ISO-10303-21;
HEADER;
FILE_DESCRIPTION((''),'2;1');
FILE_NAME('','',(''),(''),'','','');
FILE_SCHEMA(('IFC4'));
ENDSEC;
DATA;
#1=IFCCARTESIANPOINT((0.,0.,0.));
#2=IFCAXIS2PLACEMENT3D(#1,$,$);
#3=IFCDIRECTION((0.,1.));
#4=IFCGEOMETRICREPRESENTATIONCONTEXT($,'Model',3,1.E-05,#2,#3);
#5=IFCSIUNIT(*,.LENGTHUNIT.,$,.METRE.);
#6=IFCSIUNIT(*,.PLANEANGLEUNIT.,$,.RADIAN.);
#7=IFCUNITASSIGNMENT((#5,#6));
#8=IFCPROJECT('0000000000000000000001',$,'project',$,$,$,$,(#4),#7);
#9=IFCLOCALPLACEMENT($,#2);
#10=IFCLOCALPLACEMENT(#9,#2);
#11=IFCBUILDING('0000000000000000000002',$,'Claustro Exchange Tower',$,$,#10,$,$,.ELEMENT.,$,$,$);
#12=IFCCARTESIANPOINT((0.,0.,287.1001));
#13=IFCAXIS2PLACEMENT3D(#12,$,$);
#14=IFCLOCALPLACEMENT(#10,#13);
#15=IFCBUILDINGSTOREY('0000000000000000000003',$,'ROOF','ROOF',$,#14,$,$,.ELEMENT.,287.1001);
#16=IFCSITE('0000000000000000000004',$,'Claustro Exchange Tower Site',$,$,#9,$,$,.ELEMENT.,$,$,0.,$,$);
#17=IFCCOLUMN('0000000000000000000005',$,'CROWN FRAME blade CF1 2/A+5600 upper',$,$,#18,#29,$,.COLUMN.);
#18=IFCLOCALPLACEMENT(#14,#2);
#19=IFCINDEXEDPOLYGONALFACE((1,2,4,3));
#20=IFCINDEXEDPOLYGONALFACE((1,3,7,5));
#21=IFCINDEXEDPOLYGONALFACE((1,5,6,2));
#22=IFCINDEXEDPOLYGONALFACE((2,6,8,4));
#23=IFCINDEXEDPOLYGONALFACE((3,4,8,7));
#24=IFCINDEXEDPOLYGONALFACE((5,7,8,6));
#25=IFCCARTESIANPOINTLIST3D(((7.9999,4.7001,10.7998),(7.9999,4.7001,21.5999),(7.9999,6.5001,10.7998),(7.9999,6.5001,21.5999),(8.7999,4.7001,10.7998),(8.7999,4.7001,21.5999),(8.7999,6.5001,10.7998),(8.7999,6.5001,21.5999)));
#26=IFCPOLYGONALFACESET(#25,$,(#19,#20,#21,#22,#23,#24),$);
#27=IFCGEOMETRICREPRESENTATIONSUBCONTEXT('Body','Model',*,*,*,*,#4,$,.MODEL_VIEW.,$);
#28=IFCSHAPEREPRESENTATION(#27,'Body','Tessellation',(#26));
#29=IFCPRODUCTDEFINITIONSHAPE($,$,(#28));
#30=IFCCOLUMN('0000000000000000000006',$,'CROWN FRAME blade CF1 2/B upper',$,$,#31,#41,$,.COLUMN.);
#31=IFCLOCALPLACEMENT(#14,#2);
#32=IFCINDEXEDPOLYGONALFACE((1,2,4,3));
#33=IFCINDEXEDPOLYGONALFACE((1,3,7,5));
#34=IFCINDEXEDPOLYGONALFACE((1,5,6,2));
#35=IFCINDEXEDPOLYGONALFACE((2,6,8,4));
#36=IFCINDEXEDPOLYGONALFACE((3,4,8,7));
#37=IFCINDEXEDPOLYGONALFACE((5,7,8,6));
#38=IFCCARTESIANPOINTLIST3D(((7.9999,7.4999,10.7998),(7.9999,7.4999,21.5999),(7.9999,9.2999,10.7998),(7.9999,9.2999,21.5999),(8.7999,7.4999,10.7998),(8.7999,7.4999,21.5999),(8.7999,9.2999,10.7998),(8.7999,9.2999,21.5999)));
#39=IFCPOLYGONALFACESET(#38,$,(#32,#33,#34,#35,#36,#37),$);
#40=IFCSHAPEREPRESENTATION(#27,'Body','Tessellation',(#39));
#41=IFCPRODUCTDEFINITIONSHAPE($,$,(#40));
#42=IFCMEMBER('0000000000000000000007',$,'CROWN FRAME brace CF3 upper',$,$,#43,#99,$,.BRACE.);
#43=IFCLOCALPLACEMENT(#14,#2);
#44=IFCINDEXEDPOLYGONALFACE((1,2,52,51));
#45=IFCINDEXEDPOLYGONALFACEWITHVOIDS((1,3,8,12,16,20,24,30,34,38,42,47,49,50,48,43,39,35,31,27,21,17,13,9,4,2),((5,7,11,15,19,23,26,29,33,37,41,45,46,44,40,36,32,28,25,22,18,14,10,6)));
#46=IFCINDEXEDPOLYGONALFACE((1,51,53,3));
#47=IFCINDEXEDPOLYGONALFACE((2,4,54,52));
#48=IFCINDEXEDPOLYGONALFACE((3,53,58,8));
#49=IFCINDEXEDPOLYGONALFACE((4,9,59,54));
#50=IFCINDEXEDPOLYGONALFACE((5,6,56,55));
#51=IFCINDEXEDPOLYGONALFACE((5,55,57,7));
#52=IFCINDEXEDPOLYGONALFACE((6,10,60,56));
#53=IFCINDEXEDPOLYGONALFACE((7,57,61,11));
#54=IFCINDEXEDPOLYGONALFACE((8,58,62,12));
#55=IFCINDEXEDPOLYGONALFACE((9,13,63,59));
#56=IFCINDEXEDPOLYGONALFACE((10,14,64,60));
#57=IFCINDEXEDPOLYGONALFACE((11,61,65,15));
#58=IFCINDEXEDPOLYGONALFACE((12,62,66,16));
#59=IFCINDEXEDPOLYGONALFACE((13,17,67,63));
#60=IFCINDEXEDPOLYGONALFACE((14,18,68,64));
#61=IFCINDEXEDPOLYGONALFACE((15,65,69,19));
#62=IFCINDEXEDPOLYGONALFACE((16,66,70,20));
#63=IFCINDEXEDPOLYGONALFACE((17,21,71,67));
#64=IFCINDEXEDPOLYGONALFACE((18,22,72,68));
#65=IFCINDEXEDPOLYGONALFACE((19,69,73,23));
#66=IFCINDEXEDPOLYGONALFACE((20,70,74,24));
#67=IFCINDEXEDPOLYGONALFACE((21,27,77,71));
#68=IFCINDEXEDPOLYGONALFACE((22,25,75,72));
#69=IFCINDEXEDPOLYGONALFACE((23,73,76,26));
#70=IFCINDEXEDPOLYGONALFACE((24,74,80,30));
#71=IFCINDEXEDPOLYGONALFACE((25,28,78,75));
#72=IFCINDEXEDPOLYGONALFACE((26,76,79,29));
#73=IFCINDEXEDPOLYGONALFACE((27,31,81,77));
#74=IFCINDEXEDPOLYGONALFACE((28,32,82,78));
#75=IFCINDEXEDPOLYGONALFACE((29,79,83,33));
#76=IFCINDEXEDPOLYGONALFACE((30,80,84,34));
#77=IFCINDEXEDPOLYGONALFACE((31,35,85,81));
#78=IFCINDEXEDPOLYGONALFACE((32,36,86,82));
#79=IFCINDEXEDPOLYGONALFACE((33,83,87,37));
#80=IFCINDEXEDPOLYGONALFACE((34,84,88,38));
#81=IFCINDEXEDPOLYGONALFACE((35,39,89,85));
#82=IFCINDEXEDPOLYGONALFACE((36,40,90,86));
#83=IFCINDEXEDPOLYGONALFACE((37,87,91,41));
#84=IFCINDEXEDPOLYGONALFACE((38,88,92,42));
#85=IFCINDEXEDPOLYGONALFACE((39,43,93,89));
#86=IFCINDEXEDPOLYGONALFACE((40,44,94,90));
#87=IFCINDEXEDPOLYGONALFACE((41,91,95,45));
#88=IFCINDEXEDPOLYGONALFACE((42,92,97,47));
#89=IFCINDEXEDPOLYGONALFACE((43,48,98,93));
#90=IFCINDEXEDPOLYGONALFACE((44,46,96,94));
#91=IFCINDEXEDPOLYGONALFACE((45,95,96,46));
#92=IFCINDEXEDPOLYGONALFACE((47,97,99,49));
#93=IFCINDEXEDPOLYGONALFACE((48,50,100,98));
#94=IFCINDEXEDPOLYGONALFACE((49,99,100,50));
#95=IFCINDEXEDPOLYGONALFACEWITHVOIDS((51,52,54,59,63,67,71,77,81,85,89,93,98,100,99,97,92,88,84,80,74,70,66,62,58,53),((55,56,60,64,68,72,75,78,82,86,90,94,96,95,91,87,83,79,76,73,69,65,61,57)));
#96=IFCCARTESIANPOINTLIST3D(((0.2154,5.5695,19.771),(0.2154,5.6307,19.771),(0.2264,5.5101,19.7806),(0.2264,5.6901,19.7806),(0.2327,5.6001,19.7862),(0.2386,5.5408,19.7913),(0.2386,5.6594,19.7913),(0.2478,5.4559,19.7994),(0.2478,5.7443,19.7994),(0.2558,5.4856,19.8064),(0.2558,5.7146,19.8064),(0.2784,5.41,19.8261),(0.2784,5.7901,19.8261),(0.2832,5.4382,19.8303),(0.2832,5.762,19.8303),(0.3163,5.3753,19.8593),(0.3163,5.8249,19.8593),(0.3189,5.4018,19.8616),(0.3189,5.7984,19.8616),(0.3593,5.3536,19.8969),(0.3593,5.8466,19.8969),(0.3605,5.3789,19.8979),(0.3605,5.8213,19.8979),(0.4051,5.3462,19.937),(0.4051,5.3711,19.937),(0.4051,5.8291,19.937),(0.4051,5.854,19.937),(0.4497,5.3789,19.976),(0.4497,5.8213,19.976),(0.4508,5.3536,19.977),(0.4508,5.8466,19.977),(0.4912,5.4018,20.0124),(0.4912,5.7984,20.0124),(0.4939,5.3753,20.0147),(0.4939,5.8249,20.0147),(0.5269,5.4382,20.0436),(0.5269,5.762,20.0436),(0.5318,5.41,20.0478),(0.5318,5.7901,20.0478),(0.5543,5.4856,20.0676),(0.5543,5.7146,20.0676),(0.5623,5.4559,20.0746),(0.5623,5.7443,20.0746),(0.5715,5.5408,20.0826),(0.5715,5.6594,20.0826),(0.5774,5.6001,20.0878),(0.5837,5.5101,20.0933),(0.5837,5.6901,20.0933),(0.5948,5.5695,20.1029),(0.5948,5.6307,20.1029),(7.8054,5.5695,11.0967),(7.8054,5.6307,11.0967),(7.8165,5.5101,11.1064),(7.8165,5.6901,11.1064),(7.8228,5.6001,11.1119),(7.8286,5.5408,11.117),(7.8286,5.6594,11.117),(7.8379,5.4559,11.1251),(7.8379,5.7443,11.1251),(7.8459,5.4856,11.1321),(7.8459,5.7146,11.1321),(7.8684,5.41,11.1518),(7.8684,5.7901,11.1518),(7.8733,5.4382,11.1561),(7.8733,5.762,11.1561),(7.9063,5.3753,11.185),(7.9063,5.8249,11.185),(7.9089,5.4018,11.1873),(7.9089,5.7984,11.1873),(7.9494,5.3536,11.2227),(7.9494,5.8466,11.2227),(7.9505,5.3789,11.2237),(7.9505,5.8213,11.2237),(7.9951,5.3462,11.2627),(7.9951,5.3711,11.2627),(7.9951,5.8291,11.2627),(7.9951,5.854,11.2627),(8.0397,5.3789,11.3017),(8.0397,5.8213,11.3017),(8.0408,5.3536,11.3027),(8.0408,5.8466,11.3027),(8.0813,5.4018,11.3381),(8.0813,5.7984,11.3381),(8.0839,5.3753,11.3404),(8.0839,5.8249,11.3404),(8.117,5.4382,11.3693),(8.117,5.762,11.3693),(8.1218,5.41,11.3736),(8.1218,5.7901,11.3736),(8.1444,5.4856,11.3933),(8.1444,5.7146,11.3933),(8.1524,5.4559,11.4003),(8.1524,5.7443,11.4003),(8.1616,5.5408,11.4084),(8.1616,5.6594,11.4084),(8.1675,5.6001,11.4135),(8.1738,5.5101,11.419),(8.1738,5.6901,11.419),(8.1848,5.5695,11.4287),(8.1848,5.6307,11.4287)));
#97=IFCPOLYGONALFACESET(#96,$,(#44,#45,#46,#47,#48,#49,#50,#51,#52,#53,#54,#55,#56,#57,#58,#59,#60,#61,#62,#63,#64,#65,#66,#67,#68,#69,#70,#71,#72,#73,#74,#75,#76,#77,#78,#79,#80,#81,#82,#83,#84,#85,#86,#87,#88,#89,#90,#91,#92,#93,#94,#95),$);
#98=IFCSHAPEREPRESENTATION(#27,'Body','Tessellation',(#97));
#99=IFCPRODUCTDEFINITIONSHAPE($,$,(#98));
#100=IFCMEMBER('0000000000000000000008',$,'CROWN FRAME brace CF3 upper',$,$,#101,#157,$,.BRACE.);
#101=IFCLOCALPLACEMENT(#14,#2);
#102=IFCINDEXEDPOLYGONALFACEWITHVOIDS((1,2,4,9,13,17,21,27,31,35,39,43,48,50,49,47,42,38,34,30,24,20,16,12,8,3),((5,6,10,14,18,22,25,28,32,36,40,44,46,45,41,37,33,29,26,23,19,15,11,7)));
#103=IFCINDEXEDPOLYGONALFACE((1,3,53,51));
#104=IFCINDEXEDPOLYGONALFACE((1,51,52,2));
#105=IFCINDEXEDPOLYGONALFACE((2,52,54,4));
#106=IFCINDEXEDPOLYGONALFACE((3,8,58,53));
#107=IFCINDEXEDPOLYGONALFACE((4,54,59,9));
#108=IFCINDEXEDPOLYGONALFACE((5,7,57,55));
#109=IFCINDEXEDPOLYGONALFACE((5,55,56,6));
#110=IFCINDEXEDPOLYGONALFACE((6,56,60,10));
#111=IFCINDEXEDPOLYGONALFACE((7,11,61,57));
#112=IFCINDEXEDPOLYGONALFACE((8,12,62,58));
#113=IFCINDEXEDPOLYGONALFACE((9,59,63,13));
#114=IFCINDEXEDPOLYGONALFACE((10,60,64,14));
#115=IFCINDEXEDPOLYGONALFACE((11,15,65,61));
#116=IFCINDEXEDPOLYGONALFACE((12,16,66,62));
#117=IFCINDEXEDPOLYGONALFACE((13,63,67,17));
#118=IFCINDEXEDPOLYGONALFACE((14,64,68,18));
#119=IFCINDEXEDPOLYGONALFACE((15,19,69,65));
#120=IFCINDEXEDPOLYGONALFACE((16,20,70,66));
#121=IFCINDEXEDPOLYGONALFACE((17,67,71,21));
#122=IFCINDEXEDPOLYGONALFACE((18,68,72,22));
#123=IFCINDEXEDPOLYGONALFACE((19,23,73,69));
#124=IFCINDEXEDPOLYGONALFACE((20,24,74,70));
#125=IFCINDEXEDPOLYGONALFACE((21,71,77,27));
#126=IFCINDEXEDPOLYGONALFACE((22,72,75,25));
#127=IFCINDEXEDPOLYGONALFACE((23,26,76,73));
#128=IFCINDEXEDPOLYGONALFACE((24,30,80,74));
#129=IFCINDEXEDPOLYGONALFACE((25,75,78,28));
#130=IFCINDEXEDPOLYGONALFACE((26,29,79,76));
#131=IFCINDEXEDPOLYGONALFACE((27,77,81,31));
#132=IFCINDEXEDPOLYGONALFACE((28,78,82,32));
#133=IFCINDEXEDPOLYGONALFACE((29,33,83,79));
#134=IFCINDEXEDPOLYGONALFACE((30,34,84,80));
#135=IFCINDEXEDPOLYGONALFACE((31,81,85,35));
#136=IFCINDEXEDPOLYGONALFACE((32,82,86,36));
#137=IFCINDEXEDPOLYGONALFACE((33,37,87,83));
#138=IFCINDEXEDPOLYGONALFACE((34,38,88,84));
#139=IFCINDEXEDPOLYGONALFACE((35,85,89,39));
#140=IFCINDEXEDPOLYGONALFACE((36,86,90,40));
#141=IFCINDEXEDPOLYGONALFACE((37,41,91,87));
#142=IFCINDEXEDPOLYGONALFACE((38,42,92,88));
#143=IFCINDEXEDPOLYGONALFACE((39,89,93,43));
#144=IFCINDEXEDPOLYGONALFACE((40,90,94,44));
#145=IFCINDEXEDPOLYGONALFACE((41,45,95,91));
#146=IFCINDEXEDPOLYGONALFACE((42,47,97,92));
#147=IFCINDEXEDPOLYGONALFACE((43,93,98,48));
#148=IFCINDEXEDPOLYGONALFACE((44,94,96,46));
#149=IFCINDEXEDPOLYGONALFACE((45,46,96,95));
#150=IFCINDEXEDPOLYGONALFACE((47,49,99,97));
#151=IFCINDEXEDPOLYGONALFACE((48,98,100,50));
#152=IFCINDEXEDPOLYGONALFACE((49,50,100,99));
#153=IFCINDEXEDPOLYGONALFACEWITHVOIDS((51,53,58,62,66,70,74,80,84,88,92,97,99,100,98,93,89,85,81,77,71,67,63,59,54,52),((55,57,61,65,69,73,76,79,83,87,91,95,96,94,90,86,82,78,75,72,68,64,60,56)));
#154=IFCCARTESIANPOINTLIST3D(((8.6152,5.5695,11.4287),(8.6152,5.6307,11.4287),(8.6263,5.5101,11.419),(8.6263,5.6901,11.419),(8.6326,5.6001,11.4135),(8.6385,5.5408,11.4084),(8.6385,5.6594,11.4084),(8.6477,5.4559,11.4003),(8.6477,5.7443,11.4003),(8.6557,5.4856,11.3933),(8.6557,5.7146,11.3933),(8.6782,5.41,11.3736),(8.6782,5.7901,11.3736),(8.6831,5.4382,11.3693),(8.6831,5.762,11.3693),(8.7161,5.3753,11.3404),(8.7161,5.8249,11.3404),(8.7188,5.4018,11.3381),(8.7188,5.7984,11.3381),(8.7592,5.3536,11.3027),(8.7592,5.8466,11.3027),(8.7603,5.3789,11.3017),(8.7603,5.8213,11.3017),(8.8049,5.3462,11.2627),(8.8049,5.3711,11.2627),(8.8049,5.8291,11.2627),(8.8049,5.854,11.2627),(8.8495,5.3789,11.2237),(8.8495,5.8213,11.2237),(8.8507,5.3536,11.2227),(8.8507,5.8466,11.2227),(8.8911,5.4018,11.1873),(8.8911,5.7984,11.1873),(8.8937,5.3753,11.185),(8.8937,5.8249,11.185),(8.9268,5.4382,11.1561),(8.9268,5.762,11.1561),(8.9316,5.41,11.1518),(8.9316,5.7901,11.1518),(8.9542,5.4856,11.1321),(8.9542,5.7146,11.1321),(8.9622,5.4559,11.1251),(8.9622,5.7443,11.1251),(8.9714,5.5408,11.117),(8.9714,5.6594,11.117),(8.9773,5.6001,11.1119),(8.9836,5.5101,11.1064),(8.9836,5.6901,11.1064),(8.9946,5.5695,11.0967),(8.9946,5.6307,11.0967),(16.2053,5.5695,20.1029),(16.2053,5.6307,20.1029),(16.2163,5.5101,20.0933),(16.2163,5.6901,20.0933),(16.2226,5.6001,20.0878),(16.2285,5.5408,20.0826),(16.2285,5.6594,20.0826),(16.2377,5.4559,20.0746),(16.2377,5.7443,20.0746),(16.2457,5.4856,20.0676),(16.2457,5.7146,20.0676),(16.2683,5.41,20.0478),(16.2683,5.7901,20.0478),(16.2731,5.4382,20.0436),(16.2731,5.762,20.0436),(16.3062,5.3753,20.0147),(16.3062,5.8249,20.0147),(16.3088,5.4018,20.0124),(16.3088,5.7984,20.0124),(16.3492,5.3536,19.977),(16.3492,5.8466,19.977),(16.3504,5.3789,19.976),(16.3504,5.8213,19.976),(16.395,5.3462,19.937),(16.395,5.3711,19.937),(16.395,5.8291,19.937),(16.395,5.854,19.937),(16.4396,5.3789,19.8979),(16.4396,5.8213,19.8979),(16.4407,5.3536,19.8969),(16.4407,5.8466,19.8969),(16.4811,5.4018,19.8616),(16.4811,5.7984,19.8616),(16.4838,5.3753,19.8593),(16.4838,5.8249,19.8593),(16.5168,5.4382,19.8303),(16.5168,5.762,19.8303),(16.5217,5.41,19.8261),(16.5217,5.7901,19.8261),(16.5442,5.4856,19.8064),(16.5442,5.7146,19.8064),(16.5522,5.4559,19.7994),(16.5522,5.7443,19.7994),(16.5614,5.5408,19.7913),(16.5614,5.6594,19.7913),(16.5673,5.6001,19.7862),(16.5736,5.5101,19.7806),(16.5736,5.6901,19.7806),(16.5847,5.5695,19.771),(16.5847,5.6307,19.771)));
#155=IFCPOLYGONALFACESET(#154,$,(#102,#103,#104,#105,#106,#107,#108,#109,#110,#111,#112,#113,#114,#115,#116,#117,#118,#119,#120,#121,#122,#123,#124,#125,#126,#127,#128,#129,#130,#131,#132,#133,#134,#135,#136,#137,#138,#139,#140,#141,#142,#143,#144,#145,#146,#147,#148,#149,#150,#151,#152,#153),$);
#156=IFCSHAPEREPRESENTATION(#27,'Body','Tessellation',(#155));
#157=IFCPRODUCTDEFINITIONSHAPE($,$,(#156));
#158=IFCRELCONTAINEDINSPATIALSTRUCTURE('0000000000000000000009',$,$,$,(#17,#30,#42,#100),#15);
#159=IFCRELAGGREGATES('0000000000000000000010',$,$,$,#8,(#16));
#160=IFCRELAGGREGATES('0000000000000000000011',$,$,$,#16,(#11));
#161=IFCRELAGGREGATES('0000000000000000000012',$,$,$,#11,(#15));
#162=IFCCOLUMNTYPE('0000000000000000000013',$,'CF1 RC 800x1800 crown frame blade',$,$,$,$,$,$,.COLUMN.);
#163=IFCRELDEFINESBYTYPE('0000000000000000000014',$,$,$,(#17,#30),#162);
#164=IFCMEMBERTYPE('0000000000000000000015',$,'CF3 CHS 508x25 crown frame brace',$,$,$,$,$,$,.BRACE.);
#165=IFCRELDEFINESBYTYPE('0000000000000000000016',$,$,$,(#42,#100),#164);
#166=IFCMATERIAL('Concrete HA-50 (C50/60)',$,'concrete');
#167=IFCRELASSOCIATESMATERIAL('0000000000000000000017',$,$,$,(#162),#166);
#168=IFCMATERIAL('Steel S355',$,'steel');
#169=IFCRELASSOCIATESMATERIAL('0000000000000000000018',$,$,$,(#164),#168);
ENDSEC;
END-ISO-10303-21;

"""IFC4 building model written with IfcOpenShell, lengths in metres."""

from ifc_helpers import new_model, si_unit, direction, frame, origin, origin_2d, place, context, subcontext, project, spatial, rectangle, hollow_circle, extrude, material, material_profile, profile_set, type_object, element, save


model = new_model("IFC4")

# Units and contexts
model_context = context("Model", 3, precision=1e-05, world=origin(), true_north=direction((0.0, 1.0)))
body_context = subcontext(model_context, "Body", "Model", "MODEL_VIEW")
ifc_project = project(units=[si_unit("LENGTHUNIT", "METRE"), si_unit("PLANEANGLEUNIT", "RADIAN")], contexts=[model_context])

# Site, building, storey
site_placement = place(None, origin())
site = spatial("IfcSite", under=ifc_project, at=site_placement, Name="Claustro Exchange Tower Site", CompositionType="ELEMENT", RefElevation=0.0)
building_placement = place(site_placement, origin())
building = spatial("IfcBuilding", under=site, at=building_placement, Name="Claustro Exchange Tower", CompositionType="ELEMENT")
storey_placement = place(building_placement, frame((0.0, 0.0, 287.1001)))
storey = spatial("IfcBuildingStorey", under=building, at=storey_placement, Name="ROOF", Description="ROOF", CompositionType="ELEMENT", Elevation=287.1001)

# Columns
ifc_material_1 = material(Name="Concrete HA-50 (C50/60)", Category="concrete")
ifc_material_profile_1 = material_profile(ifc_material_1, rectangle(XDim=0.8, YDim=1.8, at=origin_2d()), Name="RC 800x1800")
ifc_profile_set_1 = profile_set([ifc_material_profile_1], Name="Concrete HA-50 (C50/60)")
column_type = type_object("IfcColumnType", Name="CF1 RC 800x1800 crown frame blade", PredefinedType="COLUMN", material=ifc_profile_set_1)
for number, where, z_axis, x_axis, name in (
    (1, (8.3999, 5.6001, 10.7998), (0.0, 0.0, 1.0), (1.0, 0.0, 0.0), "CROWN FRAME blade CF1 2/A+5600 upper"),
    (2, (8.3999, 8.3999, 10.7998), (0.0, 0.0, 1.0), (1.0, 0.0, 0.0), "CROWN FRAME blade CF1 2/B upper"),
):
    element("IfcColumn", number, at=place(storey_placement, frame(where, z_axis=z_axis, x_axis=x_axis)), inside=storey, type_object=column_type, Name=name, PredefinedType="COLUMN", context=body_context, shape_type="SweptSolid", body=[
        extrude(rectangle(XDim=0.8, YDim=1.8, at=origin_2d()), origin(), (0.0, 0.0, 1.0), 10.8),
    ])

# Members
ifc_material_2 = material(Name="Steel S355", Category="steel")
ifc_material_profile_2 = material_profile(ifc_material_2, hollow_circle(Radius=0.2539, WallThickness=0.0249, at=origin_2d()), Name="CHS 508x25")
ifc_profile_set_2 = profile_set([ifc_material_profile_2], Name="Steel S355")
member_type = type_object("IfcMemberType", Name="CF3 CHS 508x25 crown frame brace", PredefinedType="BRACE", material=ifc_profile_set_2)
for number, where, z_axis, x_axis, name in (
    (3, (7.9951, 5.6001, 11.2627), (-0.658508, 0.0, 0.752574), (0.0, -1.0, 0.0), "CROWN FRAME brace CF3 upper"),
    (4, (8.8049, 5.6001, 11.2627), (0.658508, 0.0, 0.752574), (0.0, 1.0, 0.0), "CROWN FRAME brace CF3 upper"),
):
    element("IfcMember", number, at=place(storey_placement, frame(where, z_axis=z_axis, x_axis=x_axis)), inside=storey, type_object=member_type, Name=name, PredefinedType="BRACE", context=body_context, shape_type="SweptSolid", body=[
        extrude(hollow_circle(Radius=0.2539, WallThickness=0.0249, at=origin_2d()), origin(), (0.0, 0.0, 1.0), 11.5261),
    ])

save(model, "model.ifc")
